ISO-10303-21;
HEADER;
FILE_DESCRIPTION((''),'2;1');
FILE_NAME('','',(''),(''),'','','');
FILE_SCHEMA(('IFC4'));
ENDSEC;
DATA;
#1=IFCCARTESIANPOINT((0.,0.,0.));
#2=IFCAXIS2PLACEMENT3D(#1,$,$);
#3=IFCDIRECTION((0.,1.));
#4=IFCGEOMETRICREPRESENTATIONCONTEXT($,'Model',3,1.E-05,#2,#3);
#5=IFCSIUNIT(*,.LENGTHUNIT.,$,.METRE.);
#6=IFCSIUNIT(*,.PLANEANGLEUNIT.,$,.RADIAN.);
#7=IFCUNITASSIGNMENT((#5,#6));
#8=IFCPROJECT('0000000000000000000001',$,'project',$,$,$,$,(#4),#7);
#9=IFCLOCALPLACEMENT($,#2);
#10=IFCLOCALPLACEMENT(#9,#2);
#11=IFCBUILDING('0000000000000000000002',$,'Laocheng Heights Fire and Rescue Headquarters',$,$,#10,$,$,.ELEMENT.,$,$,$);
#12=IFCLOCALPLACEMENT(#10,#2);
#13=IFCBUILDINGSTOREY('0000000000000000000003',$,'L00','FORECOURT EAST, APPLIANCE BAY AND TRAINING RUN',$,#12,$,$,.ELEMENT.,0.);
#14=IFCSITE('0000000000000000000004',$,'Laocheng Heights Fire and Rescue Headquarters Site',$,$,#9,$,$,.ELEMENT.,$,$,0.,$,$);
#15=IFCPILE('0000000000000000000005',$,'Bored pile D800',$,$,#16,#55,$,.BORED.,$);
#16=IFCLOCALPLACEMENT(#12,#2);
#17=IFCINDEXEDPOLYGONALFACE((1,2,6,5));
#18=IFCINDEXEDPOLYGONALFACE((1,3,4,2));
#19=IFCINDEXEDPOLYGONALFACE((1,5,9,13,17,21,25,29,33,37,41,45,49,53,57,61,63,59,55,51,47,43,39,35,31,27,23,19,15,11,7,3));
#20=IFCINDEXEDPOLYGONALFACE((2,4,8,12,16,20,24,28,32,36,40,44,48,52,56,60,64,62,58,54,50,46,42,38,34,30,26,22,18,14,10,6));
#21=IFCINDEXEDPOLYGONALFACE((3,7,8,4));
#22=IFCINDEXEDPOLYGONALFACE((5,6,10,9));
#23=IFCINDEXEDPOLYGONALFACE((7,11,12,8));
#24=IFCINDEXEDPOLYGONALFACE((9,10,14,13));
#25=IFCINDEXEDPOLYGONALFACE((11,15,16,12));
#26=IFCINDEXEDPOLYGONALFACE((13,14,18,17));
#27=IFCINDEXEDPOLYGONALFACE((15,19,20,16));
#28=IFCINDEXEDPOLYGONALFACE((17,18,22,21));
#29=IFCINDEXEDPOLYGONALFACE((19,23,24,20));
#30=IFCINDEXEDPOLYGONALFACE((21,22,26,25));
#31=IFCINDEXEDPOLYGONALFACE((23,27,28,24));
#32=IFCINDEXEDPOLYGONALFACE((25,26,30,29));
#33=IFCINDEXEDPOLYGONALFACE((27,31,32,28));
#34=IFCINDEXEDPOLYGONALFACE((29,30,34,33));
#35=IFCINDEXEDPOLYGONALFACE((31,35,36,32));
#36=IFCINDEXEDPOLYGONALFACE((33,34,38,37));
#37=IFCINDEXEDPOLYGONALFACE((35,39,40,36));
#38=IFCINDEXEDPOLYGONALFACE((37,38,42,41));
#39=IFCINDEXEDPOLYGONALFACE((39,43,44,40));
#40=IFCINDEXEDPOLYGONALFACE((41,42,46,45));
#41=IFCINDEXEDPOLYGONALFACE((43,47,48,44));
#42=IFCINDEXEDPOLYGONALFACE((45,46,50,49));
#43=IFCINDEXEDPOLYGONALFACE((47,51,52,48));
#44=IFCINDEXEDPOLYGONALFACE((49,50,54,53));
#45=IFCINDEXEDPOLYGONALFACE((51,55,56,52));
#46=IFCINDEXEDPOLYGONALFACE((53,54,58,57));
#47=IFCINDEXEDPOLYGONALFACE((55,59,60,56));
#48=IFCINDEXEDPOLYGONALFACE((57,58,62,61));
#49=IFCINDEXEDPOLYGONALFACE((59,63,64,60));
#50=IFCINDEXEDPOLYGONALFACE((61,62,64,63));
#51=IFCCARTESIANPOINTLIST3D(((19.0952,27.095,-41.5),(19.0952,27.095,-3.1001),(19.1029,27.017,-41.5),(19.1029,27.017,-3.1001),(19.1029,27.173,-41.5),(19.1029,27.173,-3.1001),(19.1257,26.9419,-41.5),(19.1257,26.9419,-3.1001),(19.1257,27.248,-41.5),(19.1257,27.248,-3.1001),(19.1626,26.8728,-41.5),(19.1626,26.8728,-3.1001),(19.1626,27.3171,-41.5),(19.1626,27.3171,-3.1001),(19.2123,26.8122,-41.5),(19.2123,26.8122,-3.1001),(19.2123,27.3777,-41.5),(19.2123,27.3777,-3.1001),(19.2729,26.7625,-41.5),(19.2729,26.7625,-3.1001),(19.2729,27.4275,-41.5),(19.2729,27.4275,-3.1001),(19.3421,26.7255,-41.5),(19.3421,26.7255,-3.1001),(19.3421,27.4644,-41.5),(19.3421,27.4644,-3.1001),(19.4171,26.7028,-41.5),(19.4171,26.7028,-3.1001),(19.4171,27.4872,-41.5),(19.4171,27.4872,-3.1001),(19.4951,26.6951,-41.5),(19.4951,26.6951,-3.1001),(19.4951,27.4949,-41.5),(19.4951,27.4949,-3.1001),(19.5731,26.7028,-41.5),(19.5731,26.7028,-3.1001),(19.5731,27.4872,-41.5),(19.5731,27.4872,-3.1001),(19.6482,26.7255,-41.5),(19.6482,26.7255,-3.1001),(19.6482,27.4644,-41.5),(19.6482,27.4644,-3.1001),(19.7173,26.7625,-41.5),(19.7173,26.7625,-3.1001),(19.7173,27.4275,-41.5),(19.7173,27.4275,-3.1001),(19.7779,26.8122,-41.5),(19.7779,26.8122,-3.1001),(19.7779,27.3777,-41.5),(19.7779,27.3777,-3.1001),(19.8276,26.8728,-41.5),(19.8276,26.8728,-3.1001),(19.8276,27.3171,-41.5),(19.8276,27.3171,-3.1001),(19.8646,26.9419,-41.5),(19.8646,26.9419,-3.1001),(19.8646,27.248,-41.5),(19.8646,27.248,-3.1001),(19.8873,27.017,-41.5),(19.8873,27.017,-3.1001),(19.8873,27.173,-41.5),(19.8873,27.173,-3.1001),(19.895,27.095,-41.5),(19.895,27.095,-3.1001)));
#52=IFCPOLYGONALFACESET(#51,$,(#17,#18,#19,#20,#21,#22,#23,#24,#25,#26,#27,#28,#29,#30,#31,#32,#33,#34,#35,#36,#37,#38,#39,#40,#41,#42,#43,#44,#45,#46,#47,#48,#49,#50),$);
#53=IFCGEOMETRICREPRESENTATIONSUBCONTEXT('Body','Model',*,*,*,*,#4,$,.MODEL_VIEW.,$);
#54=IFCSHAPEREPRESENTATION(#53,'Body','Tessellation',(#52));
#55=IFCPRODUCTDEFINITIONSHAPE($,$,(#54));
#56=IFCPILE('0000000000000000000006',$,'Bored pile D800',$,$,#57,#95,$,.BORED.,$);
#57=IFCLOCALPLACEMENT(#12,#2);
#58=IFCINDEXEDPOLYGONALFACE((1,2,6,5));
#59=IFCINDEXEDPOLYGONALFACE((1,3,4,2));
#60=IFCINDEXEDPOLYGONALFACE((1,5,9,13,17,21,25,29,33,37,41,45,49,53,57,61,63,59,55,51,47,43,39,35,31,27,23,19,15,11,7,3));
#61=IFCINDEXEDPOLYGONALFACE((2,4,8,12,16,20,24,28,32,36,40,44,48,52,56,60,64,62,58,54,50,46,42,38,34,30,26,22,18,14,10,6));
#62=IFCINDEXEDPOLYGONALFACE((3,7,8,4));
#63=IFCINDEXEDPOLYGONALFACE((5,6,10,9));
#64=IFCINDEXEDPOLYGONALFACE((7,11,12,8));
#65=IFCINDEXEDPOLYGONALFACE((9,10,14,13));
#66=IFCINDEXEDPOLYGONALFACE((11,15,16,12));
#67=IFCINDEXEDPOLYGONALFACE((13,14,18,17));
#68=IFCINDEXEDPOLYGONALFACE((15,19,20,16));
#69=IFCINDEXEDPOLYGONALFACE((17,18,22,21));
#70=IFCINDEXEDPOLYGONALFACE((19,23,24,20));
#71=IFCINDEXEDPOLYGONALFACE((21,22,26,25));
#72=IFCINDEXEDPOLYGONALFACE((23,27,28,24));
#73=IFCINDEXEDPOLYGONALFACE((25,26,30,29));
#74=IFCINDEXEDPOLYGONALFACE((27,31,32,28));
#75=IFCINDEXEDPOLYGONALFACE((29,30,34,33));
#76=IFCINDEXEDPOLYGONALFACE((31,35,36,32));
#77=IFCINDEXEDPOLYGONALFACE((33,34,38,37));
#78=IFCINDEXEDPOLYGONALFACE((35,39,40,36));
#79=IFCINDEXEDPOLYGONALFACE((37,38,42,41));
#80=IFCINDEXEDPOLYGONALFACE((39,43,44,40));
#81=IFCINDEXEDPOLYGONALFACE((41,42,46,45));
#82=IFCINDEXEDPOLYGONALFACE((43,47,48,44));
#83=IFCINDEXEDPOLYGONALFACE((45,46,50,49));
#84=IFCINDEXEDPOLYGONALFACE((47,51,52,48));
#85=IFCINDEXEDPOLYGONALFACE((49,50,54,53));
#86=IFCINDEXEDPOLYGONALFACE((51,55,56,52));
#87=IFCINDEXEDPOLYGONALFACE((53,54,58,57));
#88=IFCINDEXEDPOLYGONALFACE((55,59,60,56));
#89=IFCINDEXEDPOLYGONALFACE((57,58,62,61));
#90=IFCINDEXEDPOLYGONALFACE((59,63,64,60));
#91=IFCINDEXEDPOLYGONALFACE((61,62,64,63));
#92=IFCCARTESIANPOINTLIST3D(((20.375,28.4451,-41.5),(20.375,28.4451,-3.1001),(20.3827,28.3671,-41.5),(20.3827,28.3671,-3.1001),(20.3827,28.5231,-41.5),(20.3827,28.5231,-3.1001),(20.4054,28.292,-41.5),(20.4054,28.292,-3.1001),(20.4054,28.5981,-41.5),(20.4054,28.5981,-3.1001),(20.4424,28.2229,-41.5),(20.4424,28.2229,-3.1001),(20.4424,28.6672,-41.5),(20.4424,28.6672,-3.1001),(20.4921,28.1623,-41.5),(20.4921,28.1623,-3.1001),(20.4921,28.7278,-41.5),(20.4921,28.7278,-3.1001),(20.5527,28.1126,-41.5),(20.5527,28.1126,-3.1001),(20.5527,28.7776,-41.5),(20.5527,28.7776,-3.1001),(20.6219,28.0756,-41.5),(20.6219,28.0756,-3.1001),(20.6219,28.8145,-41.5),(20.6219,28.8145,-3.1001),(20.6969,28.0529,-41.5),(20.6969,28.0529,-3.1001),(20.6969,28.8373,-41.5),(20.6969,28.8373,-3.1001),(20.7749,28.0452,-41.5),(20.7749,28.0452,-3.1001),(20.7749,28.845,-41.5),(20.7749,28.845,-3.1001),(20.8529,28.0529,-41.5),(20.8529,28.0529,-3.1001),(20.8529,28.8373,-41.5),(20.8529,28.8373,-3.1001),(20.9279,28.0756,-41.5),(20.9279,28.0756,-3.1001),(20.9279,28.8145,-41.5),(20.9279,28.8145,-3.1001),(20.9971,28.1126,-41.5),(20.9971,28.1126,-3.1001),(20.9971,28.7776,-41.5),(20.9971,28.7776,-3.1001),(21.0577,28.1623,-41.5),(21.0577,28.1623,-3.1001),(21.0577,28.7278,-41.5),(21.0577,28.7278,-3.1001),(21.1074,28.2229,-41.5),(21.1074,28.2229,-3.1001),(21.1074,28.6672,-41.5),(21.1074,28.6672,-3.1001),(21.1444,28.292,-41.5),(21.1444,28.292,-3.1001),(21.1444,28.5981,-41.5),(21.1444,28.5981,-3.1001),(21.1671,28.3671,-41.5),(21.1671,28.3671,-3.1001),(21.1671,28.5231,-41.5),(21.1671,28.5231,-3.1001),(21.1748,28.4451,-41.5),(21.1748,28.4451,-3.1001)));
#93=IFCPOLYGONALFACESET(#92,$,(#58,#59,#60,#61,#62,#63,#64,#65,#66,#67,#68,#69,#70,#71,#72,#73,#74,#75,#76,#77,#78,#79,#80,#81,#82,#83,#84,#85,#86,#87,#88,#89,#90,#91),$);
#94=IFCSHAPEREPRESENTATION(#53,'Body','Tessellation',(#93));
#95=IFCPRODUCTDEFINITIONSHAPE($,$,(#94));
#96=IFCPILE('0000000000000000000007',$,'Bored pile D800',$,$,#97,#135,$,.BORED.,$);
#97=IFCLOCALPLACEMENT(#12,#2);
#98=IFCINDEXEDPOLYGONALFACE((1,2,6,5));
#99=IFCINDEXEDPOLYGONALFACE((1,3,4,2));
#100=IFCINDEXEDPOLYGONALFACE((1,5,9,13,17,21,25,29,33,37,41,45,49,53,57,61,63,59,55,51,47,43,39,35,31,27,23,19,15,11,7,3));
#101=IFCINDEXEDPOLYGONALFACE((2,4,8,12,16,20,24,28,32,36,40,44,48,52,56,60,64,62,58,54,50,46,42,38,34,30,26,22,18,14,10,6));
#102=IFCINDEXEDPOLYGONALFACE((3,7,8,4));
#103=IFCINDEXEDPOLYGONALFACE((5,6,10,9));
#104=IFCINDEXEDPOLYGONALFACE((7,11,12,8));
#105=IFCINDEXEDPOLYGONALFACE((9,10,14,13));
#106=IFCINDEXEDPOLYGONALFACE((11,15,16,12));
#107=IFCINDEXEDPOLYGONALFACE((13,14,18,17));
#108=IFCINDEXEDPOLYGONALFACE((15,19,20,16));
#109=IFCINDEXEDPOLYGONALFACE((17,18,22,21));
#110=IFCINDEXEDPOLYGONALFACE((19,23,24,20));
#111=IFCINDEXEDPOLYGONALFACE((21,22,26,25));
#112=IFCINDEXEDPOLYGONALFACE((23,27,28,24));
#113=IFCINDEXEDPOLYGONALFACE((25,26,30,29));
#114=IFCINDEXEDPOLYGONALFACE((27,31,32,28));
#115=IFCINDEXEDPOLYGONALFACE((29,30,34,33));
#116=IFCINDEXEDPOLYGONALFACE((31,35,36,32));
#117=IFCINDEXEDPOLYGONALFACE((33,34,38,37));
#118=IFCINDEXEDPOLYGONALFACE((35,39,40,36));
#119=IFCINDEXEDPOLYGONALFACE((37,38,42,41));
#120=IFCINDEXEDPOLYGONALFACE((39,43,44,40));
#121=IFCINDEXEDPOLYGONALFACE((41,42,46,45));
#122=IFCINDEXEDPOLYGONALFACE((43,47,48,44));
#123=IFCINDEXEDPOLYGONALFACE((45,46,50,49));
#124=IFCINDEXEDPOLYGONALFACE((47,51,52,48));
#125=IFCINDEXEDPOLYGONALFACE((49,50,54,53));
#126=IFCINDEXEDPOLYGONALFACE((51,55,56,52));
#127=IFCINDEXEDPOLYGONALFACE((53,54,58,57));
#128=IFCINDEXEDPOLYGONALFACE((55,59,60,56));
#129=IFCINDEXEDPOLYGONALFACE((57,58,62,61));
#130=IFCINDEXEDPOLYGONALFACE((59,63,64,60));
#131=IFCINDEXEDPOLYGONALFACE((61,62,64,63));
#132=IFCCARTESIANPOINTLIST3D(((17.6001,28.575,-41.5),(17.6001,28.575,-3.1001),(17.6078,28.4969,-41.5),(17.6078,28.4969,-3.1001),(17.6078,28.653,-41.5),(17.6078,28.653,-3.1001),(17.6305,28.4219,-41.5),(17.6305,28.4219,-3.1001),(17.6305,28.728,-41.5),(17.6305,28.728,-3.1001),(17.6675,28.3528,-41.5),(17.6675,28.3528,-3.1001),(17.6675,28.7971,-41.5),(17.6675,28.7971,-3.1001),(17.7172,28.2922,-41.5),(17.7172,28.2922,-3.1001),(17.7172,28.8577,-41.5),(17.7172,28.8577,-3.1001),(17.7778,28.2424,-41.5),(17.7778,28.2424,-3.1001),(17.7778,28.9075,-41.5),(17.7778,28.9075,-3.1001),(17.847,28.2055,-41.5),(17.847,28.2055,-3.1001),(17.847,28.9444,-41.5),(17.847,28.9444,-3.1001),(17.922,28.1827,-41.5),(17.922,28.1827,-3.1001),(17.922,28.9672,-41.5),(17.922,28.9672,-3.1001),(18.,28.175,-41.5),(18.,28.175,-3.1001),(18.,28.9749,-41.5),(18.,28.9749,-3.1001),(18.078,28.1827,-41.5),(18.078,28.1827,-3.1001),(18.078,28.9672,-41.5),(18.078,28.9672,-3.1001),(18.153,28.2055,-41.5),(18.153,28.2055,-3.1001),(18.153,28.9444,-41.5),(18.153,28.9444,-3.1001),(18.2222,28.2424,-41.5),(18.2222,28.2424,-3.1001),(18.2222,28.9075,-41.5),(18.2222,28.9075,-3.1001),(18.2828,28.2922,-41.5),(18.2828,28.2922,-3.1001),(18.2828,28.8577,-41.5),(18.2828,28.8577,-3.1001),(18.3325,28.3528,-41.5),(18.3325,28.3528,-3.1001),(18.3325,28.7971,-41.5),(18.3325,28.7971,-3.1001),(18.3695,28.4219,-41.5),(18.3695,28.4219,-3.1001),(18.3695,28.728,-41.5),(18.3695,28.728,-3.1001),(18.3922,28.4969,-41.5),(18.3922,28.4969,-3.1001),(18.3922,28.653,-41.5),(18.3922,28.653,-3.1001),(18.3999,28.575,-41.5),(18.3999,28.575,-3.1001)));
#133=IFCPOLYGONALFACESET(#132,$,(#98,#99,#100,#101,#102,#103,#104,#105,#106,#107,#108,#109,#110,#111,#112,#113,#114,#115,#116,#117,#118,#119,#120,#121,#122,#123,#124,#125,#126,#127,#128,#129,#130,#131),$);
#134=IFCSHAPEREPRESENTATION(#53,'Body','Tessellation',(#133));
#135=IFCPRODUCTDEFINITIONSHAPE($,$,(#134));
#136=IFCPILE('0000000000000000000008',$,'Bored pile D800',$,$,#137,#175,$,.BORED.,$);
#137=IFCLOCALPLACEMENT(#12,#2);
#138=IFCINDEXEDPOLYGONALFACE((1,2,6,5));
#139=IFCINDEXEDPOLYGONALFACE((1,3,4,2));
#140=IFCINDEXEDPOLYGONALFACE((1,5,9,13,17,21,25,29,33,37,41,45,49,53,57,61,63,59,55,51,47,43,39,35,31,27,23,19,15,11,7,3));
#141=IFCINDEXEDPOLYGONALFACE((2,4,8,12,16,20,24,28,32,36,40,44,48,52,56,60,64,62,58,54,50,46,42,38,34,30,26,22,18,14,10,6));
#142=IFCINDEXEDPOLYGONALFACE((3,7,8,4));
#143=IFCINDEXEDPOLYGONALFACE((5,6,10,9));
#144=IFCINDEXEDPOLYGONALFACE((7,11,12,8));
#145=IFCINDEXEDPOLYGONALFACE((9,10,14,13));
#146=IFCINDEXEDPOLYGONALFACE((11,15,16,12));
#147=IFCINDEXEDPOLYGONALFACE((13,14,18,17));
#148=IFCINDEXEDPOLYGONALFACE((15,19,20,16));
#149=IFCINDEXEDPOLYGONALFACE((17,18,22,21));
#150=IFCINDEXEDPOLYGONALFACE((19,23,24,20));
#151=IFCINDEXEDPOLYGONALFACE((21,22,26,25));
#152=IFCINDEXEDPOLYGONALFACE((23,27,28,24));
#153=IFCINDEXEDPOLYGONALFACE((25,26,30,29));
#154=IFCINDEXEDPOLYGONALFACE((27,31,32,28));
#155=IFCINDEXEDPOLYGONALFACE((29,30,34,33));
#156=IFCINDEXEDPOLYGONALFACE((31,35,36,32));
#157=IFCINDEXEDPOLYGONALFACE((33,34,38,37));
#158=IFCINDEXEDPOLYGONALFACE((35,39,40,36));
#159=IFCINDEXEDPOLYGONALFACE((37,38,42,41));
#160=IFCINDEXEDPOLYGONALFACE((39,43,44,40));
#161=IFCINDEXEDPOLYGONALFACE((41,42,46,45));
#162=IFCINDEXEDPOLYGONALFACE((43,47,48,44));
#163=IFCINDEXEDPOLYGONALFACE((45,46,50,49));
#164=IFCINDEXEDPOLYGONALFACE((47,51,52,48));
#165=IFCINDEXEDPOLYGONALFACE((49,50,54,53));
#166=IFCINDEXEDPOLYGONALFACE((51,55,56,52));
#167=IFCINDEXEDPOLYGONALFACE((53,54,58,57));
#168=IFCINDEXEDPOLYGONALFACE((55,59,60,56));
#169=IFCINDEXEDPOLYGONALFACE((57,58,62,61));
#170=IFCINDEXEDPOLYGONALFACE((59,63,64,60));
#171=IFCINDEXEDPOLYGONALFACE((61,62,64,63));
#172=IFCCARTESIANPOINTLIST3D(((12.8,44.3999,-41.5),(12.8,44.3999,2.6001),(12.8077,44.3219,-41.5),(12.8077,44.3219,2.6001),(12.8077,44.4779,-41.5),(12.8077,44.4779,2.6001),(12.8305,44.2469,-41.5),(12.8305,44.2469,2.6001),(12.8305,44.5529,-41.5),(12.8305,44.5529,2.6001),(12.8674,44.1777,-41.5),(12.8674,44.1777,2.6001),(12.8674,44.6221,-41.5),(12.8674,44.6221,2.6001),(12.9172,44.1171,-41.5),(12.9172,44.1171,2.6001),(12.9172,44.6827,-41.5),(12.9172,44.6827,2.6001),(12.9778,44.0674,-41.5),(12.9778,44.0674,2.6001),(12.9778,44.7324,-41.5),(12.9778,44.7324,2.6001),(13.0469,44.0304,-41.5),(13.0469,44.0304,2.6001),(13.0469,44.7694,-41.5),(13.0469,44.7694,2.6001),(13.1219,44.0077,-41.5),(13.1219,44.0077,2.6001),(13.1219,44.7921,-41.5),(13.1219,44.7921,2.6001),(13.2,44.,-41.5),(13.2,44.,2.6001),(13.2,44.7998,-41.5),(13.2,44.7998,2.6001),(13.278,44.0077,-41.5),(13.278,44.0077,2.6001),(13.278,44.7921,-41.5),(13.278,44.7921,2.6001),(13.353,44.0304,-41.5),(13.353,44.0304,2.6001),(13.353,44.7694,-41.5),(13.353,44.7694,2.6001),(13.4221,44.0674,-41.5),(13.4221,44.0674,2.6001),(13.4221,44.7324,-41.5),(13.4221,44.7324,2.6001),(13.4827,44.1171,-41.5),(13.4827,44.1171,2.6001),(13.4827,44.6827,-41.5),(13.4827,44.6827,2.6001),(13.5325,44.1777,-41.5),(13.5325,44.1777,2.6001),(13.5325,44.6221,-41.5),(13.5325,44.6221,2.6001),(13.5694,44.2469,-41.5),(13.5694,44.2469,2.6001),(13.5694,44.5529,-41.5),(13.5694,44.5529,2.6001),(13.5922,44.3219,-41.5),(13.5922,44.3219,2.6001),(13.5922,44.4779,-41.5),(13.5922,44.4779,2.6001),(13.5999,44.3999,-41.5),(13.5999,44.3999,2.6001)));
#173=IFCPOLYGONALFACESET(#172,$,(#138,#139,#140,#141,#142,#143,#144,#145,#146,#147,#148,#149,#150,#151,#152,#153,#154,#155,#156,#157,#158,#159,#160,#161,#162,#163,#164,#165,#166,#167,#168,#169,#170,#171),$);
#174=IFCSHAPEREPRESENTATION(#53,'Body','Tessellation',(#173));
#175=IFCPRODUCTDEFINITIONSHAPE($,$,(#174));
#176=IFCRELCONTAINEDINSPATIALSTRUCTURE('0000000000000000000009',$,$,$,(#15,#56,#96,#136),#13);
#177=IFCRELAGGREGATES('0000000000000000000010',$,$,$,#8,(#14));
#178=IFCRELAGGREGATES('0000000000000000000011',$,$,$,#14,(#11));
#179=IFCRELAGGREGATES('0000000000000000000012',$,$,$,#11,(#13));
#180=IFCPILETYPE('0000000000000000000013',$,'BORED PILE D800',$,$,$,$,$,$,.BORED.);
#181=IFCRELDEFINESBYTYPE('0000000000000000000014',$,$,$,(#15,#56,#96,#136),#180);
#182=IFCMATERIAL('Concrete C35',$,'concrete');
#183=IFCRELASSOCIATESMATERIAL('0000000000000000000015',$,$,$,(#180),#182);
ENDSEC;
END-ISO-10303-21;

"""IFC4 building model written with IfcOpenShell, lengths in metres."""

from ifc_helpers import new_model, si_unit, direction, frame, origin, origin_2d, place, context, subcontext, project, spatial, circle, extrude, material, material_profile, profile_set, type_object, element, save


model = new_model("IFC4")

# Units and contexts
model_context = context("Model", 3, precision=1e-05, world=origin(), true_north=direction((0.0, 1.0)))
body_context = subcontext(model_context, "Body", "Model", "MODEL_VIEW")
ifc_project = project(units=[si_unit("LENGTHUNIT", "METRE"), si_unit("PLANEANGLEUNIT", "RADIAN")], contexts=[model_context])

# Site, building, storey
site_placement = place(None, origin())
site = spatial("IfcSite", under=ifc_project, at=site_placement, Name="Laocheng Heights Fire and Rescue Headquarters Site", CompositionType="ELEMENT", RefElevation=0.0)
building_placement = place(site_placement, origin())
building = spatial("IfcBuilding", under=site, at=building_placement, Name="Laocheng Heights Fire and Rescue Headquarters", CompositionType="ELEMENT")
storey_placement = place(building_placement, origin())
storey = spatial("IfcBuildingStorey", under=building, at=storey_placement, Name="L00", Description="FORECOURT EAST, APPLIANCE BAY AND TRAINING RUN", CompositionType="ELEMENT", Elevation=0.0)

# Piles
ifc_material_1 = material(Name="Concrete C35", Category="concrete")
ifc_material_profile_1 = material_profile(ifc_material_1, circle(Radius=0.3999, at=origin_2d()), Name="BORED PILE D800")
ifc_profile_set_1 = profile_set([ifc_material_profile_1], Name="Concrete C35")
pile_type_1 = type_object("IfcPileType", Name="BORED PILE D800", PredefinedType="BORED", material=ifc_profile_set_1)
for number, where, z_axis, x_axis, name in (
    (1, (19.4951, 27.095, -3.1001), (0.0, 0.0, -1.0), (1.0, 0.0, 0.0), "Bored pile D800"),
    (2, (20.7749, 28.4451, -3.1001), (0.0, 0.0, -1.0), (1.0, 0.0, 0.0), "Bored pile D800"),
    (3, (18.0, 28.575, -3.1001), (0.0, 0.0, -1.0), (1.0, 0.0, 0.0), "Bored pile D800"),
):
    element("IfcPile", number, at=place(storey_placement, frame(where, z_axis=z_axis, x_axis=x_axis)), inside=storey, type_object=pile_type_1, Name=name, PredefinedType="BORED", context=body_context, shape_type="SweptSolid", body=[
        extrude(circle(Radius=0.3999, at=origin_2d()), origin(), (0.0, 0.0, 1.0), 38.3999),
    ])
for number, where, z_axis, x_axis, name in (
    (4, (13.2, 44.3999, 2.6001), (0.0, 0.0, -1.0), (1.0, 0.0, 0.0), "Bored pile D800"),
):
    element("IfcPile", number, at=place(storey_placement, frame(where, z_axis=z_axis, x_axis=x_axis)), inside=storey, type_object=pile_type_1, Name=name, PredefinedType="BORED", context=body_context, shape_type="SweptSolid", body=[
        extrude(circle(Radius=0.3999, at=origin_2d()), origin(), (0.0, 0.0, 1.0), 44.1001),
    ])

save(model, "model.ifc")
